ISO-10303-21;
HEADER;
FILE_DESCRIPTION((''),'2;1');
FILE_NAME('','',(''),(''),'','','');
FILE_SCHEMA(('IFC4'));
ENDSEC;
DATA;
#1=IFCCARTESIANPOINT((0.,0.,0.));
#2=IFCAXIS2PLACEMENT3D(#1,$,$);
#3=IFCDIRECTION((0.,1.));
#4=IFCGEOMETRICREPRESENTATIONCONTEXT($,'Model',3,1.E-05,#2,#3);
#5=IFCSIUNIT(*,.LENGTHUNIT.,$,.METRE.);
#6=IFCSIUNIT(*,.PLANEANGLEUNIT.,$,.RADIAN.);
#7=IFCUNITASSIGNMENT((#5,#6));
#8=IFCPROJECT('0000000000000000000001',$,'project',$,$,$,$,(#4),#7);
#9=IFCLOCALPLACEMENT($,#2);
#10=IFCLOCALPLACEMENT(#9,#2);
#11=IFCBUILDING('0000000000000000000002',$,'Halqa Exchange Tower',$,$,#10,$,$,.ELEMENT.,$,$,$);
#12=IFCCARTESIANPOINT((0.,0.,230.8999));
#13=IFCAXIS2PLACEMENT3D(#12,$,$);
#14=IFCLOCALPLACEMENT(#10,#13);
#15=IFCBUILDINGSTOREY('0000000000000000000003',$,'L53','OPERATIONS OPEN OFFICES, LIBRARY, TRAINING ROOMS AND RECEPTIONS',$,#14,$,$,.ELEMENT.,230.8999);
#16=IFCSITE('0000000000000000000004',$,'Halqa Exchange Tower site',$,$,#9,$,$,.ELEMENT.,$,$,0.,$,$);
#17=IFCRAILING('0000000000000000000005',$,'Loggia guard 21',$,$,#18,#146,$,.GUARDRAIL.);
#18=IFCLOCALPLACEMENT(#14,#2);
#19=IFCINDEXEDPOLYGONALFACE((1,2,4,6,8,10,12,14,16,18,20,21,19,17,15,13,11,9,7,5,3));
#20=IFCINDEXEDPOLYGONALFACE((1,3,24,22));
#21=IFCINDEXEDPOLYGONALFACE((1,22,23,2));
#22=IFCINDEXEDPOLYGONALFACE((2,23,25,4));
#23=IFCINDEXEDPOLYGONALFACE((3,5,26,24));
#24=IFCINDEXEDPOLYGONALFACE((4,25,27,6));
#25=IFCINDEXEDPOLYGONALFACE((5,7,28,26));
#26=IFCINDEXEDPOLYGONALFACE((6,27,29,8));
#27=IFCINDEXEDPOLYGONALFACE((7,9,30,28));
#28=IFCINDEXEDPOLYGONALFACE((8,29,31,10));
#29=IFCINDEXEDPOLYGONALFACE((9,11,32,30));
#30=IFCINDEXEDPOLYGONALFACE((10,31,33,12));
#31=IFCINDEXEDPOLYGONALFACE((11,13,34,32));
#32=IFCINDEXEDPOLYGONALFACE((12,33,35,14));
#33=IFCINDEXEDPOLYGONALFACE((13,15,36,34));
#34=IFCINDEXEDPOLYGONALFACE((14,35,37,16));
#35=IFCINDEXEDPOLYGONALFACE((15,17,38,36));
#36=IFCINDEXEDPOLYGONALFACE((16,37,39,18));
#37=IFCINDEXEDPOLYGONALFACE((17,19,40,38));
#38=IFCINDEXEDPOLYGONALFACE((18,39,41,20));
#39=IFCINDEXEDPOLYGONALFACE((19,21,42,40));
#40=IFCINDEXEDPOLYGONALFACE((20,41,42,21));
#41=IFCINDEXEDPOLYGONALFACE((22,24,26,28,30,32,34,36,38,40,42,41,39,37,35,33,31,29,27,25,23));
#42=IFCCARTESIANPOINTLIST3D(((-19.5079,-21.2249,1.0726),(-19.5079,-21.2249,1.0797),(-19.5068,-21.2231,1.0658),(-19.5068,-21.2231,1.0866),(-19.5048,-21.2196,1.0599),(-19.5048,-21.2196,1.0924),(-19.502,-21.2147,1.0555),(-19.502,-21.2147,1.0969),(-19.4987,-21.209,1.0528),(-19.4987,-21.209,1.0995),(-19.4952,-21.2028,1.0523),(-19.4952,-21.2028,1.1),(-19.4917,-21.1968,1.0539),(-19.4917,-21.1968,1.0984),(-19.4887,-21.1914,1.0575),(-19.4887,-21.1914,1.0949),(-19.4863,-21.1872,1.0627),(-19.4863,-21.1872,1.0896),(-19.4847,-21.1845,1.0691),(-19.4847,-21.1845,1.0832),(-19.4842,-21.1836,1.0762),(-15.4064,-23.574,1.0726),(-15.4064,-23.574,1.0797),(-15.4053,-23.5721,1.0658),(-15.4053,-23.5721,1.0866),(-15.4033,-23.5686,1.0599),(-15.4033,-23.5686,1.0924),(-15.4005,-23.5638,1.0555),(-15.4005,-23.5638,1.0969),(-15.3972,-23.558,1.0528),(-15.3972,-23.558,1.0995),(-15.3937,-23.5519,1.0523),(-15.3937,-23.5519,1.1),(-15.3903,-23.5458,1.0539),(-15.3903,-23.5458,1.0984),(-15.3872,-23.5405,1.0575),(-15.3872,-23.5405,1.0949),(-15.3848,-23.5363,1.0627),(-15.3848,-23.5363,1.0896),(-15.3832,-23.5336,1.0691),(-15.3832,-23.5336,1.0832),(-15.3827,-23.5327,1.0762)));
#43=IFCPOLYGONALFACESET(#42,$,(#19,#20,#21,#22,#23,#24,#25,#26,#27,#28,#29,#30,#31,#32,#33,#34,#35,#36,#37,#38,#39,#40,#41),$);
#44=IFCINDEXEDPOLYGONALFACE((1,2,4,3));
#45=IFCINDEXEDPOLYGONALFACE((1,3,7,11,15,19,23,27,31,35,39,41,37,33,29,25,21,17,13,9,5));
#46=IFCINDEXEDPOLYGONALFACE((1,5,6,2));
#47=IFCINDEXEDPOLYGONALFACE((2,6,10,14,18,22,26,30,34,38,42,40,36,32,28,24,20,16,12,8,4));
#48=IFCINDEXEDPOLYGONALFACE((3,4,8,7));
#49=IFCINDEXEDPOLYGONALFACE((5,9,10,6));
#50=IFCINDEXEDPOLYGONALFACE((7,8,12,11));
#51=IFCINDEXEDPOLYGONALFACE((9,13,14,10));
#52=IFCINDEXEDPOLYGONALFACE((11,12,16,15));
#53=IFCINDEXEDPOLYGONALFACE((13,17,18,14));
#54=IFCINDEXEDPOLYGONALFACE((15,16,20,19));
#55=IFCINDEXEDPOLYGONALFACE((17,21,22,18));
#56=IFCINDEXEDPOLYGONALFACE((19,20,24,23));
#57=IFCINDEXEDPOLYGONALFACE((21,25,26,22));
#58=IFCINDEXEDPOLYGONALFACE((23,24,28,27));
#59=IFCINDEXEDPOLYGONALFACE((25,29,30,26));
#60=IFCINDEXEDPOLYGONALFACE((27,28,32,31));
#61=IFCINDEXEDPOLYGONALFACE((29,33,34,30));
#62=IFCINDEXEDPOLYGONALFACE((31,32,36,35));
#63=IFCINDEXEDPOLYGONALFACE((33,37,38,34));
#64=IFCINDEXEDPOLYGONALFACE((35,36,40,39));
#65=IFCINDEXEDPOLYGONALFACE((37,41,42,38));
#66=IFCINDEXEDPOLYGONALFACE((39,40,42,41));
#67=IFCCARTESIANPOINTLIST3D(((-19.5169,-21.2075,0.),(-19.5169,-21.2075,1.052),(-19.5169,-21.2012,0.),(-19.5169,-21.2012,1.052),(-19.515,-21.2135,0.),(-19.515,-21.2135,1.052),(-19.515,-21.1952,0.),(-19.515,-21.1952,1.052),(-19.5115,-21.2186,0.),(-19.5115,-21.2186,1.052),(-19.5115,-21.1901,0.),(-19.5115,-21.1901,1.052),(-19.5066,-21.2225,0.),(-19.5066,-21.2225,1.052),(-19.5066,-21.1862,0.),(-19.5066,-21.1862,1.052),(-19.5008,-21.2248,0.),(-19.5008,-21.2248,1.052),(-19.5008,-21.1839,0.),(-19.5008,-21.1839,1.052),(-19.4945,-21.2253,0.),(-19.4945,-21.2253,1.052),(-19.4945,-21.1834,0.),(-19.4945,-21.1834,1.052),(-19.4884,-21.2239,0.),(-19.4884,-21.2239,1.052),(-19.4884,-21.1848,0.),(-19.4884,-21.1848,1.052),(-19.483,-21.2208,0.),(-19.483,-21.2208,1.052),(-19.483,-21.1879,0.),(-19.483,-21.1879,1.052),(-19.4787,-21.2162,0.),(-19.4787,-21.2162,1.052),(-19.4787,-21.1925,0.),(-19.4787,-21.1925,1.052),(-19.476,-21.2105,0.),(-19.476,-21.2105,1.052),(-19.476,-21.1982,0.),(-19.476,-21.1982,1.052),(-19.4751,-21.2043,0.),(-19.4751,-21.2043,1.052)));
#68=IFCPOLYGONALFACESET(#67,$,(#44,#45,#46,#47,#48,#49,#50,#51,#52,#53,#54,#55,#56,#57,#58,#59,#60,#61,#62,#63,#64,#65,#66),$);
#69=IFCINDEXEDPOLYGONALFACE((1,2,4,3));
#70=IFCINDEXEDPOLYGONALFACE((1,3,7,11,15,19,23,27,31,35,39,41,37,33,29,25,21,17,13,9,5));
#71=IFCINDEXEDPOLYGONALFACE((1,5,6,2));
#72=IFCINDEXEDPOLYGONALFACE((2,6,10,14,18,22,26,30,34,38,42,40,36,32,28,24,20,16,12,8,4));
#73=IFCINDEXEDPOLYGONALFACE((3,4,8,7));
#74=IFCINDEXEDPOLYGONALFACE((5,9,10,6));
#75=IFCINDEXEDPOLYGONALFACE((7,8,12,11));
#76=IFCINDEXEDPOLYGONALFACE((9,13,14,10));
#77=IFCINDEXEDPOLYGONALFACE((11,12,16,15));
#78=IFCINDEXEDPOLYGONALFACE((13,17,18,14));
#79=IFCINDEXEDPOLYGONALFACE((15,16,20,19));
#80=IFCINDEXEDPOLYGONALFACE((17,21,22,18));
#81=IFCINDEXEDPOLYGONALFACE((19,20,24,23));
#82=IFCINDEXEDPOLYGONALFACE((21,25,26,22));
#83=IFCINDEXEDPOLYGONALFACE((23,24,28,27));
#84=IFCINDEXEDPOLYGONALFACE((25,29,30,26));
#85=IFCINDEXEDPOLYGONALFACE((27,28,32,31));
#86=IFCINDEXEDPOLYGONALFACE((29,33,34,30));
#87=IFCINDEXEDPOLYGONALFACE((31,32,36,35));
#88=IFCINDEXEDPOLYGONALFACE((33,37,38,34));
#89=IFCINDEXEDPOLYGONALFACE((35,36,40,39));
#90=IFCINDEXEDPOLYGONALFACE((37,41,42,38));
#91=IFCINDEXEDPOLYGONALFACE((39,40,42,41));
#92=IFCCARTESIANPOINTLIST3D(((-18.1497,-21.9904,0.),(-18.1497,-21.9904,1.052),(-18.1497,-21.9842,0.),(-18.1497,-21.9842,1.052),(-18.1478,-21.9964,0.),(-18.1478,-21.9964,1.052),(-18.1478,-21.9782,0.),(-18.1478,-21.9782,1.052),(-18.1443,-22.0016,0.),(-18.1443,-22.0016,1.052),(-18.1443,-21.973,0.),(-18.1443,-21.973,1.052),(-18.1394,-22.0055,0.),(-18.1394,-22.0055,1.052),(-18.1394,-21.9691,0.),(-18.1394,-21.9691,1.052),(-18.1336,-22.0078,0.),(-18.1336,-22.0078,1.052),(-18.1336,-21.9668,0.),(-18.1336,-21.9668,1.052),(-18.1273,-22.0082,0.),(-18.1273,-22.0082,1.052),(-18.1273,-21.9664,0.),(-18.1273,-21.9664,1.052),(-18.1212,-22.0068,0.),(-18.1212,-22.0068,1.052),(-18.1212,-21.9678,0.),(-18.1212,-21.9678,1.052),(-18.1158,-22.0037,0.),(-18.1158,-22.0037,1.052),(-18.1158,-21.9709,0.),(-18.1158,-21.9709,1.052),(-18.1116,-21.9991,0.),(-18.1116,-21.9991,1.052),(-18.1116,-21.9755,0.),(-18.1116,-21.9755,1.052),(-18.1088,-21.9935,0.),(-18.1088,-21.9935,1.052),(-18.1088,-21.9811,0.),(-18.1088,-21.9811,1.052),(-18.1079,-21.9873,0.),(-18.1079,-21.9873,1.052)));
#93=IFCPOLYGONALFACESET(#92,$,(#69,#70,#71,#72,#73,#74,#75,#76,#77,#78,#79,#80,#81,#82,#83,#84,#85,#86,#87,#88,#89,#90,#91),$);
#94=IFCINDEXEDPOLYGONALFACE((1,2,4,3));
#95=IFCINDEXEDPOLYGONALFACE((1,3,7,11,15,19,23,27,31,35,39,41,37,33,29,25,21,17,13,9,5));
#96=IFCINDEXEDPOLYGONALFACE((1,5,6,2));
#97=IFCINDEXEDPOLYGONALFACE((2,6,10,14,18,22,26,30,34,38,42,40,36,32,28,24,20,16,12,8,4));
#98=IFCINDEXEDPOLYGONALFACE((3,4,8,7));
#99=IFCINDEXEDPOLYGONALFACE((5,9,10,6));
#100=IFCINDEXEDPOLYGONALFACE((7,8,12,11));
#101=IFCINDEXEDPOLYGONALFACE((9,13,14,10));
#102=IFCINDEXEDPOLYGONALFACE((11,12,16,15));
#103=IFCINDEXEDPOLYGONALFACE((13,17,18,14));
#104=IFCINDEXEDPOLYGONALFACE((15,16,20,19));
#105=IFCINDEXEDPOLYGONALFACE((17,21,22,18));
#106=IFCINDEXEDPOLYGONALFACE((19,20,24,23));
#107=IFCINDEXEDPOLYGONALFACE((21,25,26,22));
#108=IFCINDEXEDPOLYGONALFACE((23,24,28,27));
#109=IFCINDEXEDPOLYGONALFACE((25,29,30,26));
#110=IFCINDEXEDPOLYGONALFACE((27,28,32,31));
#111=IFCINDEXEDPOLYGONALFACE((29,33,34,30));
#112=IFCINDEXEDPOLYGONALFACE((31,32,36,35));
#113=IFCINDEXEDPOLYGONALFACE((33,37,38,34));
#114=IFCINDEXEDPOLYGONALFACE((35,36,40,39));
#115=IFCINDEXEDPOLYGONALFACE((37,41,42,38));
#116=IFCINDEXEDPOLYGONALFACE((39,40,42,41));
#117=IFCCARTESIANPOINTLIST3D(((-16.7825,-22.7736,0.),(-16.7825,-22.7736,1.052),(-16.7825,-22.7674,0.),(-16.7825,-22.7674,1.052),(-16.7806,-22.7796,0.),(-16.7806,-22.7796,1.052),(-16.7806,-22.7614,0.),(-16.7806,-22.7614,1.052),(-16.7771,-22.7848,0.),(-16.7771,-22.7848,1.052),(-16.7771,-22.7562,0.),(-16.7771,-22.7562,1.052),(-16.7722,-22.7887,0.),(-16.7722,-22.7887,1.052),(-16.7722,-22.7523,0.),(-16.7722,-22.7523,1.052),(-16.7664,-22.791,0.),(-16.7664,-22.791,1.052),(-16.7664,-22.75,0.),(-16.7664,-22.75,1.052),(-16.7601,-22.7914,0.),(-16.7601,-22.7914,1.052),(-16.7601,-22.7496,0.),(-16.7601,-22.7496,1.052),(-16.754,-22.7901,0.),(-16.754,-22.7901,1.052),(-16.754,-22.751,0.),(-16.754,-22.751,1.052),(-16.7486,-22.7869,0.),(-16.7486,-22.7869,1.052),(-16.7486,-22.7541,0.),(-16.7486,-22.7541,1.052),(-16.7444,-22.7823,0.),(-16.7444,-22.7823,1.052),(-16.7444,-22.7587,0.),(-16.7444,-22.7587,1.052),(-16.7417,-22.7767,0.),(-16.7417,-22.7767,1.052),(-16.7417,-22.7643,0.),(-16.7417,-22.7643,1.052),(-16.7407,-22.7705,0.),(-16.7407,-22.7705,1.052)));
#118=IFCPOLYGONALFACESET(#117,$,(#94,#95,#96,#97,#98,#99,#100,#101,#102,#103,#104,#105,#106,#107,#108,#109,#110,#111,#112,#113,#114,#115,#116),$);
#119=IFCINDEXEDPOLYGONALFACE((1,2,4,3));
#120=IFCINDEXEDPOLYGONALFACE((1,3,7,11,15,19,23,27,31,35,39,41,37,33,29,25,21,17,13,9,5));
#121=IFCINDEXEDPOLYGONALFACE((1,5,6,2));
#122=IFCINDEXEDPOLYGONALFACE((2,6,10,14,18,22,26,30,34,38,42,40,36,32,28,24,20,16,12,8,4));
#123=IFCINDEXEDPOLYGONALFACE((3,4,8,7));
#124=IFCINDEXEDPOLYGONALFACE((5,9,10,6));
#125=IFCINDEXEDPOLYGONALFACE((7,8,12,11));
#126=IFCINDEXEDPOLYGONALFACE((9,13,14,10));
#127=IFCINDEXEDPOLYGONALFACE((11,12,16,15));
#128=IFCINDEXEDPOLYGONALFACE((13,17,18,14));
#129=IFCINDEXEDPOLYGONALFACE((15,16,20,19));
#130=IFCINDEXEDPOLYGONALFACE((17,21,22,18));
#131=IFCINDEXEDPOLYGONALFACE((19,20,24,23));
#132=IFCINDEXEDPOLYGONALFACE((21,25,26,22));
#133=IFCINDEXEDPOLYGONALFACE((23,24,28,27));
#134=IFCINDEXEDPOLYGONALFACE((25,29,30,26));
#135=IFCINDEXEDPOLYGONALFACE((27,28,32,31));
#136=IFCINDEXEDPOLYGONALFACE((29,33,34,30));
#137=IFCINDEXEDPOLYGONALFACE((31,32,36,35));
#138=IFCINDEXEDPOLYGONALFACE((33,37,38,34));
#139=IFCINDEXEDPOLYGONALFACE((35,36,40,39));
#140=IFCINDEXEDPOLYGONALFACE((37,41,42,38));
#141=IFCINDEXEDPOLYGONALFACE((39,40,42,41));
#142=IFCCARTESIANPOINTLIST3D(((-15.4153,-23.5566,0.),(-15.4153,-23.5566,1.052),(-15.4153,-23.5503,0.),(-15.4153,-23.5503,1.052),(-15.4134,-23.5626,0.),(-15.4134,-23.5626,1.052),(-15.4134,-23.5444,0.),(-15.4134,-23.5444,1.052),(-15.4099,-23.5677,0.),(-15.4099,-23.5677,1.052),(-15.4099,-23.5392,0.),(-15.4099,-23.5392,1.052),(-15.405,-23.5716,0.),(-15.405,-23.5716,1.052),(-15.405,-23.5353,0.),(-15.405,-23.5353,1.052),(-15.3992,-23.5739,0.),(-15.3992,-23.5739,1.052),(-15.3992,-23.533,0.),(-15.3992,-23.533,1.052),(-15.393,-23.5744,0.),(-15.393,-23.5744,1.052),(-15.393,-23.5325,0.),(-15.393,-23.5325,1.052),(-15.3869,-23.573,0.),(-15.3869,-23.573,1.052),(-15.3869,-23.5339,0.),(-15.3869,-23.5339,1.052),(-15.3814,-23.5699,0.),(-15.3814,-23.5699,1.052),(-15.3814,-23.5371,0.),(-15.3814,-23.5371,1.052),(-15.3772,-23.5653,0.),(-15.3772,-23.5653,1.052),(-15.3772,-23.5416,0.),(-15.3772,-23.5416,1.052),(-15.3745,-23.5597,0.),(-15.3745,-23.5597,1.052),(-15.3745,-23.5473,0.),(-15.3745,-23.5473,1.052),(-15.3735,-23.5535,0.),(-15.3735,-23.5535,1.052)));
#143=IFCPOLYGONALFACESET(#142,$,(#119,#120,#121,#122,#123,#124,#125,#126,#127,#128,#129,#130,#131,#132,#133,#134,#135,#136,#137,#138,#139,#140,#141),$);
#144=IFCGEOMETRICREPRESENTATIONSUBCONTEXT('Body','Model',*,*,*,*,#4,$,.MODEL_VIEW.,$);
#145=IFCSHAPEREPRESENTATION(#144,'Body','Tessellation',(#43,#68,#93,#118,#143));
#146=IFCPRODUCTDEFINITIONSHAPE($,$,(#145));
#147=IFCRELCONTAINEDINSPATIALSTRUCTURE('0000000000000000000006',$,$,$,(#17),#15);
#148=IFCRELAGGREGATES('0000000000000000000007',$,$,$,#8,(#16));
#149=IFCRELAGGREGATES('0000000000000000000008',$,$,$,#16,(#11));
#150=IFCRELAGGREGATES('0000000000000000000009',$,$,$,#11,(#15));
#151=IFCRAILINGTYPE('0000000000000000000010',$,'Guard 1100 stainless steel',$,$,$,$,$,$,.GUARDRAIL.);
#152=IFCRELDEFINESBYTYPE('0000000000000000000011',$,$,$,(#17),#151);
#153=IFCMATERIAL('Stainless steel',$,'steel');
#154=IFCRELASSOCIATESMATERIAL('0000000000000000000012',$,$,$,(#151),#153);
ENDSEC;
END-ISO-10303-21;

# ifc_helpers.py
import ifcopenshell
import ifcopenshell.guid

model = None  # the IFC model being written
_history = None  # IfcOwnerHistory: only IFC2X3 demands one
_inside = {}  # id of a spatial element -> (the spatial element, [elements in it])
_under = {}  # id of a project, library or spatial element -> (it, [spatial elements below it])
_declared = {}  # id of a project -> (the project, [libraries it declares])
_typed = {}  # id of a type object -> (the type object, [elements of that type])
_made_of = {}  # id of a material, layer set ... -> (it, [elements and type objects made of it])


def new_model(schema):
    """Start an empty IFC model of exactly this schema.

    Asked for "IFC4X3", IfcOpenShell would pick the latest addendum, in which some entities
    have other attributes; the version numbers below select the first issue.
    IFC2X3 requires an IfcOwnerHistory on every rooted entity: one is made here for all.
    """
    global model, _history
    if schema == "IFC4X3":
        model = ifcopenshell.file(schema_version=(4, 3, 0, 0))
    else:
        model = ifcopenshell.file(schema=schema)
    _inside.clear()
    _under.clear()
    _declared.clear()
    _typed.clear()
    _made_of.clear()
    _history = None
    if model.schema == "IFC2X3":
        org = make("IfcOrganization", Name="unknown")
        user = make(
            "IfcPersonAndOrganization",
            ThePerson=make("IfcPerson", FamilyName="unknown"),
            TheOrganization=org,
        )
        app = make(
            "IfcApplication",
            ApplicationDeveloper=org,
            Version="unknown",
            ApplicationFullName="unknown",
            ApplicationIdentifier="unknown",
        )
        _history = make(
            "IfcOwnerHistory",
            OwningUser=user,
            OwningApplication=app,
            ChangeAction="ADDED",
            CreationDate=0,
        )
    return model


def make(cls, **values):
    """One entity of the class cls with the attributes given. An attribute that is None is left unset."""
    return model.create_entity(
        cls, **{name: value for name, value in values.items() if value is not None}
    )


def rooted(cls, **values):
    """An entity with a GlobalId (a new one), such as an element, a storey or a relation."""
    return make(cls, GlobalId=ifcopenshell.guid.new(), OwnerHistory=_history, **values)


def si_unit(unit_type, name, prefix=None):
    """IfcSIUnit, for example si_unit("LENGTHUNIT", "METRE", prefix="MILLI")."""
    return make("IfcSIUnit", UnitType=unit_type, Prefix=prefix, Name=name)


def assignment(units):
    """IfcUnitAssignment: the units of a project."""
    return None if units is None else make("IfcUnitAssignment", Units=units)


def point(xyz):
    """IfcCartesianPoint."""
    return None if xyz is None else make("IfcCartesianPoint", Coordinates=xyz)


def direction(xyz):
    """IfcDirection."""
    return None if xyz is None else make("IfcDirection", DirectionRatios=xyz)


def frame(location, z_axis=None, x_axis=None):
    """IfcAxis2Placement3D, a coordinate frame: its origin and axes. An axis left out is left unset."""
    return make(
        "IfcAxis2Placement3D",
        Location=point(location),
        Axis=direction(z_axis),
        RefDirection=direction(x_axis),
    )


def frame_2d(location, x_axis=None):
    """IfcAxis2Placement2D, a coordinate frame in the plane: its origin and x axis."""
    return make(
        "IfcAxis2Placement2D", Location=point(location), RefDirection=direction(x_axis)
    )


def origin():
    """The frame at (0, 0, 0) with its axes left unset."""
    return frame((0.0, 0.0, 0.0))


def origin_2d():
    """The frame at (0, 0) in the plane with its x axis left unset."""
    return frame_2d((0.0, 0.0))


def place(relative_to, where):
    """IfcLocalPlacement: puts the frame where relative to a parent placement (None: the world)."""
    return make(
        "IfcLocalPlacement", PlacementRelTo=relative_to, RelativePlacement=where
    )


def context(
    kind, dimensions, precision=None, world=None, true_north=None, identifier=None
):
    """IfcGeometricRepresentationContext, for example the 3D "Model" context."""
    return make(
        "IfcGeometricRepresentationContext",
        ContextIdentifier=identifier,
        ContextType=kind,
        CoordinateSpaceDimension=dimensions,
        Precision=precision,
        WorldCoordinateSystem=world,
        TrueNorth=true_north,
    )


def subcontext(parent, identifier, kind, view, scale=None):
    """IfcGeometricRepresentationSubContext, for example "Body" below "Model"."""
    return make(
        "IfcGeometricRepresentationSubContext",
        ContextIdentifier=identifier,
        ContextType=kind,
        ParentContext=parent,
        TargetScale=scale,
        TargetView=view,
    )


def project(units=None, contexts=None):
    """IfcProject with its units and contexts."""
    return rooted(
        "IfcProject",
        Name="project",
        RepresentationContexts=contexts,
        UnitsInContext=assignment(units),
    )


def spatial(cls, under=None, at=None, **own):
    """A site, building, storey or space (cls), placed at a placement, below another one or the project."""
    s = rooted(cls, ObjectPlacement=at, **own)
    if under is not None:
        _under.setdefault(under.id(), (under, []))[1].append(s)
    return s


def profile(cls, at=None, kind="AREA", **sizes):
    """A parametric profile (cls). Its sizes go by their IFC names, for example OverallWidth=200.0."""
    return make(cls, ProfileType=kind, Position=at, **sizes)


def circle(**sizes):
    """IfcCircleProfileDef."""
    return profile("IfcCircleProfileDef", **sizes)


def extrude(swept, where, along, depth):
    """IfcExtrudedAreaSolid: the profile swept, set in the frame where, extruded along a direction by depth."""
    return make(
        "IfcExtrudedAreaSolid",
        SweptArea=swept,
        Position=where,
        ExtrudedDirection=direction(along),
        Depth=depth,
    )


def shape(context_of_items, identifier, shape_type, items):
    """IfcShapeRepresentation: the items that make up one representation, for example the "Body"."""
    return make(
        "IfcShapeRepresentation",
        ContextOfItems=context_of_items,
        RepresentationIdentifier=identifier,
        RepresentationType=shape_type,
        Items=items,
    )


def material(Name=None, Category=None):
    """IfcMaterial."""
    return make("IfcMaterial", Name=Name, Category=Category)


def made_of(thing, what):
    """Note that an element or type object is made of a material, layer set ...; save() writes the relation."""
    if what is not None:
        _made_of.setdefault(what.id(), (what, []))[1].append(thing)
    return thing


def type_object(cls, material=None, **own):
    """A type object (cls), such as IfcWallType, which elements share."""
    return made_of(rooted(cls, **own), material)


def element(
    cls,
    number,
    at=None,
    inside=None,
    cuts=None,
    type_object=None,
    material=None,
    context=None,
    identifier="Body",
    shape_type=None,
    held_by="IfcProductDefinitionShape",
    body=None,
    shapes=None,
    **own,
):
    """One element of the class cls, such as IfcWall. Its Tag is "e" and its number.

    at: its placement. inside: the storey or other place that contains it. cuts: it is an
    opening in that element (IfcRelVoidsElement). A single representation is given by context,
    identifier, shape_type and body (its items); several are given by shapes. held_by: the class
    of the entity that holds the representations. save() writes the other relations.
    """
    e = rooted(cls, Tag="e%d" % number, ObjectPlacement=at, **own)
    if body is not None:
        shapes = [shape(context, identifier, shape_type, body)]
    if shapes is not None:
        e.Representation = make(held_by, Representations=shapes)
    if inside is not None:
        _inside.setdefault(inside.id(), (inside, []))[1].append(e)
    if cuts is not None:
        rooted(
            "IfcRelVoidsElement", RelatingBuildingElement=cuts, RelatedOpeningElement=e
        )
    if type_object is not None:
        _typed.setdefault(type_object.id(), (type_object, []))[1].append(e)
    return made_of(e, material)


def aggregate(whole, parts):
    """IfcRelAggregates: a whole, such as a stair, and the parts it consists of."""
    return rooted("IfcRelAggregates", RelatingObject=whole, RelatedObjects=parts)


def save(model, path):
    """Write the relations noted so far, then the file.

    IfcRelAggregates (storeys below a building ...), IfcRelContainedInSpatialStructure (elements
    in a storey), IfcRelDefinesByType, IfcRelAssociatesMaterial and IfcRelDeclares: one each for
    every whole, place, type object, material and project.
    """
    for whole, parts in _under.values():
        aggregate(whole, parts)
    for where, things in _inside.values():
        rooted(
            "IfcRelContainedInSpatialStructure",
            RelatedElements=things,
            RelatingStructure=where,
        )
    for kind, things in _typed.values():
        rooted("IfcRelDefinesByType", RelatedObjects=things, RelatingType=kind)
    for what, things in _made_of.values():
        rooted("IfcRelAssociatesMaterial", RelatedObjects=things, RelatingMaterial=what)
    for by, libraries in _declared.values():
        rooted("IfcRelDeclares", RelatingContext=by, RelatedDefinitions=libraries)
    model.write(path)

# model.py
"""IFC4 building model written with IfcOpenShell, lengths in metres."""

from ifc_helpers import new_model, si_unit, direction, frame, origin, origin_2d, place, context, subcontext, project, spatial, circle, extrude, material, type_object, element, save


model = new_model("IFC4")

# Units and contexts
model_context = context("Model", 3, precision=1e-05, world=origin(), true_north=direction((0.0, 1.0)))
body_context = subcontext(model_context, "Body", "Model", "MODEL_VIEW")
ifc_project = project(units=[si_unit("LENGTHUNIT", "METRE"), si_unit("PLANEANGLEUNIT", "RADIAN")], contexts=[model_context])

# Site, building, storey
site_placement = place(None, origin())
site = spatial("IfcSite", under=ifc_project, at=site_placement, Name="Halqa Exchange Tower site", CompositionType="ELEMENT", RefElevation=0.0)
building_placement = place(site_placement, origin())
building = spatial("IfcBuilding", under=site, at=building_placement, Name="Halqa Exchange Tower", CompositionType="ELEMENT")
storey_placement = place(building_placement, frame((0.0, 0.0, 230.8999)))
storey = spatial("IfcBuildingStorey", under=building, at=storey_placement, Name="L53", Description="OPERATIONS OPEN OFFICES, LIBRARY, TRAINING ROOMS AND RECEPTIONS", CompositionType="ELEMENT", Elevation=230.8999)

# Railing
ifc_material_1 = material(Name="Stainless steel", Category="steel")
railing_type = type_object("IfcRailingType", Name="Guard 1100 stainless steel", PredefinedType="GUARDRAIL", material=ifc_material_1)
railing_1_placement = place(storey_placement, frame((-19.4961, -21.2043, 0.0)))
element("IfcRailing", 1, at=railing_1_placement, inside=storey, type_object=railing_type, Name="Loggia guard 21", PredefinedType="GUARDRAIL", context=body_context, shape_type="SweptSolid", body=[
    extrude(circle(Radius=0.0239, at=origin_2d()), frame((0.0, 0.0, 1.0762), z_axis=(0.867753, -0.496995, 0.0), x_axis=(0.496995, 0.867753, 0.0)), (0.0, 0.0, 1.0), 4.7266),
    extrude(circle(Radius=0.021, at=origin_2d()), origin(), (0.0, 0.0, 1.0), 1.052),
    extrude(circle(Radius=0.021, at=origin_2d()), frame((1.3672, -0.783, 0.0)), (0.0, 0.0, 1.0), 1.052),
    extrude(circle(Radius=0.021, at=origin_2d()), frame((2.7344, -1.5662, 0.0)), (0.0, 0.0, 1.0), 1.052),
    extrude(circle(Radius=0.021, at=origin_2d()), frame((4.1016, -2.3491, 0.0)), (0.0, 0.0, 1.0), 1.052),
])

save(model, "model.ifc")
